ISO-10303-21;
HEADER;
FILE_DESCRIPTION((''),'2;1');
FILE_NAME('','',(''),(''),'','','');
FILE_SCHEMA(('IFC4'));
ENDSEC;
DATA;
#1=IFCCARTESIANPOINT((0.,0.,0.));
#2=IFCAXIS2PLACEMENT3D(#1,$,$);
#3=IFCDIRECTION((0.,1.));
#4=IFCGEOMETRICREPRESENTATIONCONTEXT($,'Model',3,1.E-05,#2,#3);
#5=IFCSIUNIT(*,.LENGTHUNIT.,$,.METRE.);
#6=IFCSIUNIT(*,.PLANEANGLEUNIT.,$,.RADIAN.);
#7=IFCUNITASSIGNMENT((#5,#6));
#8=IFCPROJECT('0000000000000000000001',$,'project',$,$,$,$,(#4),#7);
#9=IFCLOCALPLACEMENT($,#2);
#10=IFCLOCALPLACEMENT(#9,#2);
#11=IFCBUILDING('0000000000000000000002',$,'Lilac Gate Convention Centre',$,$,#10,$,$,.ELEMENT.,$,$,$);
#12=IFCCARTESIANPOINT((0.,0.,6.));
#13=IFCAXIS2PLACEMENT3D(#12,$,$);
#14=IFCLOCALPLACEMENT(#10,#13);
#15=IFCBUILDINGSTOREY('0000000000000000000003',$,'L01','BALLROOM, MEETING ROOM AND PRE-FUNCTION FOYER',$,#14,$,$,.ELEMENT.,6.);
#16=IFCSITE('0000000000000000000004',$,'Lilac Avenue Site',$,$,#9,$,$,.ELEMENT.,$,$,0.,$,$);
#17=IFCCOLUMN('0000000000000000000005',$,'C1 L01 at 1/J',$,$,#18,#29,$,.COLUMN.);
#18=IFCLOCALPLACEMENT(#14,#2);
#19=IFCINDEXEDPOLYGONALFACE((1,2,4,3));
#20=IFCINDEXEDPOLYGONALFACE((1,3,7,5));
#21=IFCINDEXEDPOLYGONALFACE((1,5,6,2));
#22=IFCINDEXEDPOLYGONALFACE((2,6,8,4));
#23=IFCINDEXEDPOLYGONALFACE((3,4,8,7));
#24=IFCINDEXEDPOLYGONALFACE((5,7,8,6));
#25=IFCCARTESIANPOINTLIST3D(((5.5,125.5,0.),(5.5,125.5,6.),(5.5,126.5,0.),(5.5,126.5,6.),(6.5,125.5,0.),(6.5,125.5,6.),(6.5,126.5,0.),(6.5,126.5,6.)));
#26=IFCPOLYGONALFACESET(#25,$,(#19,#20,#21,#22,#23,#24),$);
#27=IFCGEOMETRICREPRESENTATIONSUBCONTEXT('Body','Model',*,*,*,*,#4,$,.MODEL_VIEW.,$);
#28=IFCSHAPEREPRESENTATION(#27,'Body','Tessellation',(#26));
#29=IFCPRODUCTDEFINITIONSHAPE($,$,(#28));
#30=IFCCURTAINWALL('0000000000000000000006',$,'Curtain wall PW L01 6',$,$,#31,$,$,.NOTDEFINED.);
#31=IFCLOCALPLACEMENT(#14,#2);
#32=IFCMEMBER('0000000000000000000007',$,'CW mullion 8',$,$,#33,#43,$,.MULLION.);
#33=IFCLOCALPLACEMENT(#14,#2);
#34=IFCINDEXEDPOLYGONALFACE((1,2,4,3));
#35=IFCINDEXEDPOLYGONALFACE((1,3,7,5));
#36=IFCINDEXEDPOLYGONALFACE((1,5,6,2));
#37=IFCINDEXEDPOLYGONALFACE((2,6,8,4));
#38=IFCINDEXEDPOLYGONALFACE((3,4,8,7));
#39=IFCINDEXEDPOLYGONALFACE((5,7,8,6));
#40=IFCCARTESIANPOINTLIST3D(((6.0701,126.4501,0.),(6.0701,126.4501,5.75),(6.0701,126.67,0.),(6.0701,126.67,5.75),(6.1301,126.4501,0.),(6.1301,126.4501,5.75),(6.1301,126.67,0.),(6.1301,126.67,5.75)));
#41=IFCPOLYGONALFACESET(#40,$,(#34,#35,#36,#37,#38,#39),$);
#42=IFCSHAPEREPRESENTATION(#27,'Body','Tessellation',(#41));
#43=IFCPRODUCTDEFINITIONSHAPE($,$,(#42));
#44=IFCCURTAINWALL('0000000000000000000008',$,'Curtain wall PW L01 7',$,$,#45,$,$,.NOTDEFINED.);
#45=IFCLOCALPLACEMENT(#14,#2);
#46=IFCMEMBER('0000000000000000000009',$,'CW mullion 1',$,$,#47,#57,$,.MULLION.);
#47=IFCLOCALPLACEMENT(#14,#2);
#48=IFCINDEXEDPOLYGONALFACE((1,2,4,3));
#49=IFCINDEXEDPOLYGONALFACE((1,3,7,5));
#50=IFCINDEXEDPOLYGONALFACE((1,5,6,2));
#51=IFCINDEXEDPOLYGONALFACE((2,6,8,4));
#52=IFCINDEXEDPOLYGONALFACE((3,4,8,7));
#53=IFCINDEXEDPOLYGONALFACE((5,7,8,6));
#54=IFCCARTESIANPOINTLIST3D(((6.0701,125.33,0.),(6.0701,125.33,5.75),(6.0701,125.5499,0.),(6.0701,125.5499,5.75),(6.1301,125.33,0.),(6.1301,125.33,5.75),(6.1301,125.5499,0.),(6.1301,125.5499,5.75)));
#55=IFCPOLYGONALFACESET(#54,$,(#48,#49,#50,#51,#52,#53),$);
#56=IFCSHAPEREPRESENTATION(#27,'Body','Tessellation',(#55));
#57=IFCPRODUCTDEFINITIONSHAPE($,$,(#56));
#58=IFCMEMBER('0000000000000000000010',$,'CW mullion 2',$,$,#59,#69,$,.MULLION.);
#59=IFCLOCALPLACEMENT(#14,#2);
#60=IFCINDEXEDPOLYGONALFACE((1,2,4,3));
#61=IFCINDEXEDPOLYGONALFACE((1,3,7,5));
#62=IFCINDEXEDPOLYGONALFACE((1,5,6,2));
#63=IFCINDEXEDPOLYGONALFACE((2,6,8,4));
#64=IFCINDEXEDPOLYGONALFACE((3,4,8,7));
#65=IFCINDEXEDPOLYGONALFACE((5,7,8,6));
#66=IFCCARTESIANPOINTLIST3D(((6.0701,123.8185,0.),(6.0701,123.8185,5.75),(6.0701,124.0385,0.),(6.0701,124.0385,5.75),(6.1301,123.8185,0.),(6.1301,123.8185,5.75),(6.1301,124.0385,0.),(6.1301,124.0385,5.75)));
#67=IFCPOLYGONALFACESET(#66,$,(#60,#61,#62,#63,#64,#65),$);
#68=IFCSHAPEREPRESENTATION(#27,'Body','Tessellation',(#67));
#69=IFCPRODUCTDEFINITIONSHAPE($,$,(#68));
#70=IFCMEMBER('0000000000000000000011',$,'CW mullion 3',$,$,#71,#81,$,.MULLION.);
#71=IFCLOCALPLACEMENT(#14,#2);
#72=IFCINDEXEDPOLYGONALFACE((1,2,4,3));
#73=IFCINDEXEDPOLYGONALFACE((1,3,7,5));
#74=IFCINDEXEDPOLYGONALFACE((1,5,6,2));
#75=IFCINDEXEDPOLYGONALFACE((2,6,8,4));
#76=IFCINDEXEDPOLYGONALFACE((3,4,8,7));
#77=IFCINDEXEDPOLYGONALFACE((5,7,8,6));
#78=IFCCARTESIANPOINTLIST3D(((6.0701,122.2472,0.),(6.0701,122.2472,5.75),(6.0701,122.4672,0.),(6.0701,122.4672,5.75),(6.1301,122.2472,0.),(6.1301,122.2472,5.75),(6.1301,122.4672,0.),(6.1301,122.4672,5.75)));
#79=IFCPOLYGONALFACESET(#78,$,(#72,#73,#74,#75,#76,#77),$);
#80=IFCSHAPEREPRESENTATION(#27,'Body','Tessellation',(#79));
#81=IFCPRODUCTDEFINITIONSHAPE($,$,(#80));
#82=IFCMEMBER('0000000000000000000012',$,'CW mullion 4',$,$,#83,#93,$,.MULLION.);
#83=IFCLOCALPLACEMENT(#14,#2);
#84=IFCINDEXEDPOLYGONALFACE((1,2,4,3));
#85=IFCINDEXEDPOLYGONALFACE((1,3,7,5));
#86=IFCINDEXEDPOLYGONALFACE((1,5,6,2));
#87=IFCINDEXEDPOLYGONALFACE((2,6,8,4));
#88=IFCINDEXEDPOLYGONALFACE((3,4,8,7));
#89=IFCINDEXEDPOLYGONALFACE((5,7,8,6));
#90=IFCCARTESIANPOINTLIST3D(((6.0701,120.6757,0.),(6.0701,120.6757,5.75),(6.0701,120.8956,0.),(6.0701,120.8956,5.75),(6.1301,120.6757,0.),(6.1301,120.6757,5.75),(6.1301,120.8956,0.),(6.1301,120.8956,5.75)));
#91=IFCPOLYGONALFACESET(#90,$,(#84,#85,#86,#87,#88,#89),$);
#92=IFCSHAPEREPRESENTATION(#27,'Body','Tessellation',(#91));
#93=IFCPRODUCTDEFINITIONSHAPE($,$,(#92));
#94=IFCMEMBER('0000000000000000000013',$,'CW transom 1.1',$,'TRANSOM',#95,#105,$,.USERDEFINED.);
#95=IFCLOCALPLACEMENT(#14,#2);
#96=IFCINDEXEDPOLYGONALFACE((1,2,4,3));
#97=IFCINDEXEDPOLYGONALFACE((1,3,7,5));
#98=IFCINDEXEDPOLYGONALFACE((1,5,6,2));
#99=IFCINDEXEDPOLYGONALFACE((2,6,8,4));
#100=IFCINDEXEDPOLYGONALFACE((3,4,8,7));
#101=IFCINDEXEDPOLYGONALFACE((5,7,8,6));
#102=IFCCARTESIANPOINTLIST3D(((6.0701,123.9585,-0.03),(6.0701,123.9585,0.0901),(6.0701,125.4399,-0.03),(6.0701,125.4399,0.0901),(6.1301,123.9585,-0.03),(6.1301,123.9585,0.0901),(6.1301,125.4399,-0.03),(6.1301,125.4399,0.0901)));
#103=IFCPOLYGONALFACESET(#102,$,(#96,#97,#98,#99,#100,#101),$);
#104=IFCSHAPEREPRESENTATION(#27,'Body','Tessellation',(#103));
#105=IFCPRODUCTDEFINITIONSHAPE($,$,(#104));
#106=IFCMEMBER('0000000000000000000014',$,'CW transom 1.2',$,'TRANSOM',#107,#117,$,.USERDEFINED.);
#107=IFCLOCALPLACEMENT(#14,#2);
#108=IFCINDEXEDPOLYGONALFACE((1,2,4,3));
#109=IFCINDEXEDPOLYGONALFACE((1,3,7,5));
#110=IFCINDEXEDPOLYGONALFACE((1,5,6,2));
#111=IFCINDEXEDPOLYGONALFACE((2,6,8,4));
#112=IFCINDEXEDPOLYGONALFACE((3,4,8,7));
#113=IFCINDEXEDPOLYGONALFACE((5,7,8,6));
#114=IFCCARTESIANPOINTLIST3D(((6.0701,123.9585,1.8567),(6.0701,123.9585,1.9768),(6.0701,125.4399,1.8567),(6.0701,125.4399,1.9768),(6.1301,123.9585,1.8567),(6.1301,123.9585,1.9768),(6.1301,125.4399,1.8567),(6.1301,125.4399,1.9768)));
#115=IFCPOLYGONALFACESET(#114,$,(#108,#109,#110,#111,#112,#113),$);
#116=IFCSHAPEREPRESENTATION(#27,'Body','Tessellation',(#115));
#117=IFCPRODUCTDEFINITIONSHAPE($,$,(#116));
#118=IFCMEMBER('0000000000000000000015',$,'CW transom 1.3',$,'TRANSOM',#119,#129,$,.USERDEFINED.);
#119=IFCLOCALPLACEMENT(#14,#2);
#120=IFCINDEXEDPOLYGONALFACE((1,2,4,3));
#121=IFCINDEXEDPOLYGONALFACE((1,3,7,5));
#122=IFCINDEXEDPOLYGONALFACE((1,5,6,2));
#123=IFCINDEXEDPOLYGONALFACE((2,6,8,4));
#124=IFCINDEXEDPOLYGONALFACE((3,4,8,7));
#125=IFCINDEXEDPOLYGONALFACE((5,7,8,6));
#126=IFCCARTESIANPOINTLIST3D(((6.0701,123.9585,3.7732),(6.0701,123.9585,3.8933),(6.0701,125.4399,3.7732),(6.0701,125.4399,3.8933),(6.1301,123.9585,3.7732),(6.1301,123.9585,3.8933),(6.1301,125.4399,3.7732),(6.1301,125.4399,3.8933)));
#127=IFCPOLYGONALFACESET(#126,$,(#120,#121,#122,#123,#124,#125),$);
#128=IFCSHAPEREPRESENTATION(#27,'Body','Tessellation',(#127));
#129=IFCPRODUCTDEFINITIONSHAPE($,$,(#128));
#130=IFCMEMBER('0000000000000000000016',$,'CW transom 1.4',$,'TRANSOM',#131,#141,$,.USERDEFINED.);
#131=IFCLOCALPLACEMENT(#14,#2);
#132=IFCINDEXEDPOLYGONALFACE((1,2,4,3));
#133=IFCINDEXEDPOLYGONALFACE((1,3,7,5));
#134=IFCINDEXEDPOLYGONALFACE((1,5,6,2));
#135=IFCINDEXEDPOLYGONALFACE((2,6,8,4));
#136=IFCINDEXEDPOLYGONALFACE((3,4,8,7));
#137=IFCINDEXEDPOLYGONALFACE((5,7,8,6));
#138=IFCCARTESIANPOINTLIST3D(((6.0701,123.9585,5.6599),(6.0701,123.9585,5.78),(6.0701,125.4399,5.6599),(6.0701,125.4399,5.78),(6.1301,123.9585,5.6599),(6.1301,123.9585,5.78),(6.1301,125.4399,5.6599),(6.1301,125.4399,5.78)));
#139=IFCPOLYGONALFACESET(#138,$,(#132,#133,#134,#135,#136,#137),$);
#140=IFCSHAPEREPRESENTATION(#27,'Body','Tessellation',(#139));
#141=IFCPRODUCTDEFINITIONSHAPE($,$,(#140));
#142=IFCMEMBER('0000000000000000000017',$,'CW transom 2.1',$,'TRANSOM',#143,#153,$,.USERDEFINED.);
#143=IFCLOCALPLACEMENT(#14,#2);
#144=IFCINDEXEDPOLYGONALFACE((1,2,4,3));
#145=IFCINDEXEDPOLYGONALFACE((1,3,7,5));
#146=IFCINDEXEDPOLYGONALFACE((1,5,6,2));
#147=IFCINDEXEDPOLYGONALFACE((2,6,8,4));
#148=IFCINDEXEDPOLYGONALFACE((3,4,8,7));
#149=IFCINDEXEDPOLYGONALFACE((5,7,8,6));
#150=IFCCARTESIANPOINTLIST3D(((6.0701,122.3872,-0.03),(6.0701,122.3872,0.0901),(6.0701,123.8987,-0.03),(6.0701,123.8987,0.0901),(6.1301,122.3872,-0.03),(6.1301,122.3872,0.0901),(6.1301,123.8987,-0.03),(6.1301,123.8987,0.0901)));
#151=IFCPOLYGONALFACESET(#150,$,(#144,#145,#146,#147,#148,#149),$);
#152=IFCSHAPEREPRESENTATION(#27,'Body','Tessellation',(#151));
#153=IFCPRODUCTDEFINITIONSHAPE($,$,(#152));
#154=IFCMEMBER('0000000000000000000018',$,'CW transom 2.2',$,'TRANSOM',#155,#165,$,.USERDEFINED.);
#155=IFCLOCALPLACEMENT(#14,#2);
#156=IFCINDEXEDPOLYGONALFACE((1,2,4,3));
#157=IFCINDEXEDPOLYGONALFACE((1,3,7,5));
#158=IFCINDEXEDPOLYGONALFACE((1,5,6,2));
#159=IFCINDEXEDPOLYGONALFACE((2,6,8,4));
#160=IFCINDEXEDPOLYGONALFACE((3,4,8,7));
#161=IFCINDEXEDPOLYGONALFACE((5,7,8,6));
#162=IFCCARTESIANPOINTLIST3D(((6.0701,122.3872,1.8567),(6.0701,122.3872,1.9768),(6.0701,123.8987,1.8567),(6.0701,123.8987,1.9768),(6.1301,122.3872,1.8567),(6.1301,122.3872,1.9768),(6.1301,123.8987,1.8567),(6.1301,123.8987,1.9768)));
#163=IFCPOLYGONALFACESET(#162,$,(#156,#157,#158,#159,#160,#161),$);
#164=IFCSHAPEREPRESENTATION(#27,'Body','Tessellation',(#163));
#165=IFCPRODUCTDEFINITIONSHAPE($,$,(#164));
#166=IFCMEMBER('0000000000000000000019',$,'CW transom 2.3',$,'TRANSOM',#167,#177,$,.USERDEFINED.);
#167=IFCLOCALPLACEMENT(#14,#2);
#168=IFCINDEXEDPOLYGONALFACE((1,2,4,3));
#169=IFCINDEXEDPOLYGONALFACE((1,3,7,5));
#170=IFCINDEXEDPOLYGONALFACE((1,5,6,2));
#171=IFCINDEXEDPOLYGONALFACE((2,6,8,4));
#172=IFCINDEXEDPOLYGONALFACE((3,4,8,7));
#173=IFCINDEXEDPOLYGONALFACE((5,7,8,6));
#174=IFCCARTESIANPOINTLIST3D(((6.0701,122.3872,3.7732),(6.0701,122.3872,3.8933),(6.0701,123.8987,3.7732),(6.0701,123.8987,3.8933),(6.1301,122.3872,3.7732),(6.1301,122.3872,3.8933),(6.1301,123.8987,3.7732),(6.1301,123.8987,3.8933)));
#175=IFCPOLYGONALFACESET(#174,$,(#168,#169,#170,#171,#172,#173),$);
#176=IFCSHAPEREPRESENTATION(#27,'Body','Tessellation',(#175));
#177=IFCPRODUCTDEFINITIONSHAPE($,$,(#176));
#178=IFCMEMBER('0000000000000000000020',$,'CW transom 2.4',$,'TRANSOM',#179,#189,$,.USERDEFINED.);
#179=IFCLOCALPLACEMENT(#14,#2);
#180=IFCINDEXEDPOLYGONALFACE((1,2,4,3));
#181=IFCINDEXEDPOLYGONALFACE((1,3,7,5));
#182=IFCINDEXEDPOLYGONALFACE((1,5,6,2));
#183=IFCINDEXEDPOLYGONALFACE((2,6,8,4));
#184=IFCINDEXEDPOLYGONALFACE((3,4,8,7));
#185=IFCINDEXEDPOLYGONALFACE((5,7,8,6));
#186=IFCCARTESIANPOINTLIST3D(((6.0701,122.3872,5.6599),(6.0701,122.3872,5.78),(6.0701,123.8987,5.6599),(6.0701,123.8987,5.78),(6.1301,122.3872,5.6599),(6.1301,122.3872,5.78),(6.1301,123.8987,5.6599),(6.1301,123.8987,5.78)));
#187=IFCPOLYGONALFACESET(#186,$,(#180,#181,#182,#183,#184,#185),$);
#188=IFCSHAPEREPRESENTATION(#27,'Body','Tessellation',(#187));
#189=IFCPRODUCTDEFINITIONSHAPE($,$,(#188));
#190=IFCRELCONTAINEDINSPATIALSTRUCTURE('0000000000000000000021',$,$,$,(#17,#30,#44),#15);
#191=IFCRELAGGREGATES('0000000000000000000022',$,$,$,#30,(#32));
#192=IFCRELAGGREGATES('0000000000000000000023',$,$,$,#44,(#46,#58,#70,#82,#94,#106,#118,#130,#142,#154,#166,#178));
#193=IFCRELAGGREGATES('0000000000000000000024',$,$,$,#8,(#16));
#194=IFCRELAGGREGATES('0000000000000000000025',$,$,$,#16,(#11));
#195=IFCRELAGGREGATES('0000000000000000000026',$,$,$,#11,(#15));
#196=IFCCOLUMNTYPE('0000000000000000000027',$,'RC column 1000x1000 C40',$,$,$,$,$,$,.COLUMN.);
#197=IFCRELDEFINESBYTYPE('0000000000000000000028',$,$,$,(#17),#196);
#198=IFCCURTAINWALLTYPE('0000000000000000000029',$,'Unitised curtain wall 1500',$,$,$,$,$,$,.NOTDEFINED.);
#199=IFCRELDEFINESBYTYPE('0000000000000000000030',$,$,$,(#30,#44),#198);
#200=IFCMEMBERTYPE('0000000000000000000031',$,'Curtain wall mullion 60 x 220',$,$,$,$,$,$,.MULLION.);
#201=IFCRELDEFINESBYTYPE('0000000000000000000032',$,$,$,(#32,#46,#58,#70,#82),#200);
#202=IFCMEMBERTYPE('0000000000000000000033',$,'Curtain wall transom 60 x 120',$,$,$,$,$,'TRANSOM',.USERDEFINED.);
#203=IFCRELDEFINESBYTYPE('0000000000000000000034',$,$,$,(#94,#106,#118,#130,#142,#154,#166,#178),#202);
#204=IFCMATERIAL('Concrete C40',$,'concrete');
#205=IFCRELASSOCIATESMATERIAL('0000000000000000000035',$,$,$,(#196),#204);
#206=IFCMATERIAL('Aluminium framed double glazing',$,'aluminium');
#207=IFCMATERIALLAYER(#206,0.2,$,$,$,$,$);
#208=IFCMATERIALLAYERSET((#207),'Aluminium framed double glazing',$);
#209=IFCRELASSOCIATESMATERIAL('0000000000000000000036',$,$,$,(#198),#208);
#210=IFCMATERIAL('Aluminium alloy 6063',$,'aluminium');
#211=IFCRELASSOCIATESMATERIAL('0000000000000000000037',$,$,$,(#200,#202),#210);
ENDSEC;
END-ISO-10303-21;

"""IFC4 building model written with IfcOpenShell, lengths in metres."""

from ifc_helpers import new_model, si_unit, direction, frame, origin, origin_2d, place, context, subcontext, project, spatial, rectangle, extrude, material, layer, layer_set, material_profile, profile_set, type_object, element, aggregate, save


model = new_model("IFC4")

# Units and contexts
model_context = context("Model", 3, precision=1e-05, world=origin(), true_north=direction((0.0, 1.0)))
body_context = subcontext(model_context, "Body", "Model", "MODEL_VIEW")
ifc_project = project(units=[si_unit("LENGTHUNIT", "METRE"), si_unit("PLANEANGLEUNIT", "RADIAN")], contexts=[model_context])

# Site, building, storey
site_placement = place(None, origin())
site = spatial("IfcSite", under=ifc_project, at=site_placement, Name="Lilac Avenue Site", CompositionType="ELEMENT", RefElevation=0.0)
building_placement = place(site_placement, origin())
building = spatial("IfcBuilding", under=site, at=building_placement, Name="Lilac Gate Convention Centre", CompositionType="ELEMENT")
storey_placement = place(building_placement, frame((0.0, 0.0, 6.0)))
storey = spatial("IfcBuildingStorey", under=building, at=storey_placement, Name="L01", Description="BALLROOM, MEETING ROOM AND PRE-FUNCTION FOYER", CompositionType="ELEMENT", Elevation=6.0)

# Column
ifc_material_1 = material(Name="Concrete C40", Category="concrete")
ifc_material_profile_1 = material_profile(ifc_material_1, rectangle(XDim=1.0, YDim=1.0, at=origin_2d()), Name="RC 1000x1000")
ifc_profile_set_1 = profile_set([ifc_material_profile_1], Name="Concrete C40")
column_type = type_object("IfcColumnType", Name="RC column 1000x1000 C40", PredefinedType="COLUMN", material=ifc_profile_set_1)
column_placement = place(storey_placement, frame((6.0, 126.0, 0.0), z_axis=(0.0, 0.0, 1.0), x_axis=(1.0, 0.0, 0.0)))
element("IfcColumn", 1, at=column_placement, inside=storey, type_object=column_type, Name="C1 L01 at 1/J", PredefinedType="COLUMN", context=body_context, shape_type="SweptSolid", body=[
    extrude(rectangle(XDim=1.0, YDim=1.0, at=origin_2d()), origin(), (0.0, 0.0, 1.0), 6.0),
])

# Curtain wall, member
ifc_material_2 = material(Name="Aluminium framed double glazing", Category="aluminium")
ifc_layer_1 = layer(ifc_material_2, 0.2)
ifc_layer_set_1 = layer_set([ifc_layer_1], Name="Aluminium framed double glazing")
curtain_wall_type = type_object("IfcCurtainWallType", Name="Unitised curtain wall 1500", PredefinedType="NOTDEFINED", material=ifc_layer_set_1)
curtain_wall_1_placement = place(storey_placement, origin())
curtain_wall_1 = element("IfcCurtainWall", 2, at=curtain_wall_1_placement, inside=storey, type_object=curtain_wall_type, Name="Curtain wall PW L01 6", PredefinedType="NOTDEFINED")
ifc_material_3 = material(Name="Aluminium alloy 6063", Category="aluminium")
ifc_material_profile_2 = material_profile(ifc_material_3, rectangle(XDim=0.0601, YDim=0.22, at=origin_2d()), Name="Curtain wall mullion 60 x 220")
ifc_profile_set_2 = profile_set([ifc_material_profile_2], Name="Aluminium alloy 6063")
member_type_1 = type_object("IfcMemberType", Name="Curtain wall mullion 60 x 220", PredefinedType="MULLION", material=ifc_profile_set_2)
member_1_placement = place(storey_placement, frame((6.1001, 126.5601, 0.0), z_axis=(0.0, 0.0, 1.0), x_axis=(1.0, 0.0, 0.0)))
member_1 = element("IfcMember", 3, at=member_1_placement, type_object=member_type_1, Name="CW mullion 8", PredefinedType="MULLION", context=body_context, shape_type="SweptSolid", body=[
    extrude(rectangle(XDim=0.0601, YDim=0.22, at=origin_2d()), origin(), (0.0, 0.0, 1.0), 5.75),
])
aggregate(curtain_wall_1, [member_1])

# Curtain wall, members
curtain_wall_2_placement = place(storey_placement, origin())
curtain_wall_2 = element("IfcCurtainWall", 4, at=curtain_wall_2_placement, inside=storey, type_object=curtain_wall_type, Name="Curtain wall PW L01 7", PredefinedType="NOTDEFINED")
member_2_placement = place(storey_placement, frame((6.1001, 125.4399, 0.0), z_axis=(0.0, 0.0, 1.0), x_axis=(1.0, 0.0, 0.0)))
member_2 = element("IfcMember", 5, at=member_2_placement, type_object=member_type_1, Name="CW mullion 1", PredefinedType="MULLION", context=body_context, shape_type="SweptSolid", body=[
    extrude(rectangle(XDim=0.0601, YDim=0.22, at=origin_2d()), origin(), (0.0, 0.0, 1.0), 5.75),
])
member_3_placement = place(storey_placement, frame((6.1001, 123.9285, 0.0), z_axis=(0.0, 0.0, 1.0), x_axis=(1.0, 0.0, 0.0)))
member_3 = element("IfcMember", 6, at=member_3_placement, type_object=member_type_1, Name="CW mullion 2", PredefinedType="MULLION", context=body_context, shape_type="SweptSolid", body=[
    extrude(rectangle(XDim=0.0601, YDim=0.22, at=origin_2d()), origin(), (0.0, 0.0, 1.0), 5.75),
])
member_4_placement = place(storey_placement, frame((6.1001, 122.3572, 0.0), z_axis=(0.0, 0.0, 1.0), x_axis=(1.0, 0.0, 0.0)))
member_4 = element("IfcMember", 7, at=member_4_placement, type_object=member_type_1, Name="CW mullion 3", PredefinedType="MULLION", context=body_context, shape_type="SweptSolid", body=[
    extrude(rectangle(XDim=0.0601, YDim=0.22, at=origin_2d()), origin(), (0.0, 0.0, 1.0), 5.75),
])
member_5_placement = place(storey_placement, frame((6.1001, 120.7856, 0.0), z_axis=(0.0, 0.0, 1.0), x_axis=(1.0, 0.0, 0.0)))
member_5 = element("IfcMember", 8, at=member_5_placement, type_object=member_type_1, Name="CW mullion 4", PredefinedType="MULLION", context=body_context, shape_type="SweptSolid", body=[
    extrude(rectangle(XDim=0.0601, YDim=0.22, at=origin_2d()), origin(), (0.0, 0.0, 1.0), 5.75),
])
ifc_material_profile_3 = material_profile(ifc_material_3, rectangle(XDim=0.0601, YDim=0.1201, at=origin_2d()), Name="Curtain wall transom 60 x 120")
ifc_profile_set_3 = profile_set([ifc_material_profile_3], Name="Aluminium alloy 6063")
member_type_2 = type_object("IfcMemberType", Name="Curtain wall transom 60 x 120", ElementType="TRANSOM", PredefinedType="USERDEFINED", material=ifc_profile_set_3)
member_6_placement = place(storey_placement, frame((6.1001, 125.4399, 0.03), z_axis=(0.0, -1.0, 0.0), x_axis=(1.0, 0.0, 0.0)))
member_6 = element("IfcMember", 9, at=member_6_placement, type_object=member_type_2, Name="CW transom 1.1", ObjectType="TRANSOM", PredefinedType="USERDEFINED", context=body_context, shape_type="SweptSolid", body=[
    extrude(rectangle(XDim=0.0601, YDim=0.1201, at=origin_2d()), origin(), (0.0, 0.0, 1.0), 1.4814),
])
member_7_placement = place(storey_placement, frame((6.1001, 125.4399, 1.9167), z_axis=(0.0, -1.0, 0.0), x_axis=(1.0, 0.0, 0.0)))
member_7 = element("IfcMember", 10, at=member_7_placement, type_object=member_type_2, Name="CW transom 1.2", ObjectType="TRANSOM", PredefinedType="USERDEFINED", context=body_context, shape_type="SweptSolid", body=[
    extrude(rectangle(XDim=0.0601, YDim=0.1201, at=origin_2d()), origin(), (0.0, 0.0, 1.0), 1.4814),
])
member_8_placement = place(storey_placement, frame((6.1001, 125.4399, 3.8333), z_axis=(0.0, -1.0, 0.0), x_axis=(1.0, 0.0, 0.0)))
member_8 = element("IfcMember", 11, at=member_8_placement, type_object=member_type_2, Name="CW transom 1.3", ObjectType="TRANSOM", PredefinedType="USERDEFINED", context=body_context, shape_type="SweptSolid", body=[
    extrude(rectangle(XDim=0.0601, YDim=0.1201, at=origin_2d()), origin(), (0.0, 0.0, 1.0), 1.4814),
])
member_9_placement = place(storey_placement, frame((6.1001, 125.4399, 5.72), z_axis=(0.0, -1.0, 0.0), x_axis=(1.0, 0.0, 0.0)))
member_9 = element("IfcMember", 12, at=member_9_placement, type_object=member_type_2, Name="CW transom 1.4", ObjectType="TRANSOM", PredefinedType="USERDEFINED", context=body_context, shape_type="SweptSolid", body=[
    extrude(rectangle(XDim=0.0601, YDim=0.1201, at=origin_2d()), origin(), (0.0, 0.0, 1.0), 1.4814),
])
member_10_placement = place(storey_placement, frame((6.1001, 123.8987, 0.03), z_axis=(0.0, -1.0, 0.0), x_axis=(1.0, 0.0, 0.0)))
member_10 = element("IfcMember", 13, at=member_10_placement, type_object=member_type_2, Name="CW transom 2.1", ObjectType="TRANSOM", PredefinedType="USERDEFINED", context=body_context, shape_type="SweptSolid", body=[
    extrude(rectangle(XDim=0.0601, YDim=0.1201, at=origin_2d()), origin(), (0.0, 0.0, 1.0), 1.5115),
])
member_11_placement = place(storey_placement, frame((6.1001, 123.8987, 1.9167), z_axis=(0.0, -1.0, 0.0), x_axis=(1.0, 0.0, 0.0)))
member_11 = element("IfcMember", 14, at=member_11_placement, type_object=member_type_2, Name="CW transom 2.2", ObjectType="TRANSOM", PredefinedType="USERDEFINED", context=body_context, shape_type="SweptSolid", body=[
    extrude(rectangle(XDim=0.0601, YDim=0.1201, at=origin_2d()), origin(), (0.0, 0.0, 1.0), 1.5115),
])
member_12_placement = place(storey_placement, frame((6.1001, 123.8987, 3.8333), z_axis=(0.0, -1.0, 0.0), x_axis=(1.0, 0.0, 0.0)))
member_12 = element("IfcMember", 15, at=member_12_placement, type_object=member_type_2, Name="CW transom 2.3", ObjectType="TRANSOM", PredefinedType="USERDEFINED", context=body_context, shape_type="SweptSolid", body=[
    extrude(rectangle(XDim=0.0601, YDim=0.1201, at=origin_2d()), origin(), (0.0, 0.0, 1.0), 1.5115),
])
member_13_placement = place(storey_placement, frame((6.1001, 123.8987, 5.72), z_axis=(0.0, -1.0, 0.0), x_axis=(1.0, 0.0, 0.0)))
member_13 = element("IfcMember", 16, at=member_13_placement, type_object=member_type_2, Name="CW transom 2.4", ObjectType="TRANSOM", PredefinedType="USERDEFINED", context=body_context, shape_type="SweptSolid", body=[
    extrude(rectangle(XDim=0.0601, YDim=0.1201, at=origin_2d()), origin(), (0.0, 0.0, 1.0), 1.5115),
])

aggregate(curtain_wall_2, [member_2, member_3, member_4, member_5, member_6, member_7, member_8, member_9, member_10, member_11, member_12, member_13])

save(model, "model.ifc")
